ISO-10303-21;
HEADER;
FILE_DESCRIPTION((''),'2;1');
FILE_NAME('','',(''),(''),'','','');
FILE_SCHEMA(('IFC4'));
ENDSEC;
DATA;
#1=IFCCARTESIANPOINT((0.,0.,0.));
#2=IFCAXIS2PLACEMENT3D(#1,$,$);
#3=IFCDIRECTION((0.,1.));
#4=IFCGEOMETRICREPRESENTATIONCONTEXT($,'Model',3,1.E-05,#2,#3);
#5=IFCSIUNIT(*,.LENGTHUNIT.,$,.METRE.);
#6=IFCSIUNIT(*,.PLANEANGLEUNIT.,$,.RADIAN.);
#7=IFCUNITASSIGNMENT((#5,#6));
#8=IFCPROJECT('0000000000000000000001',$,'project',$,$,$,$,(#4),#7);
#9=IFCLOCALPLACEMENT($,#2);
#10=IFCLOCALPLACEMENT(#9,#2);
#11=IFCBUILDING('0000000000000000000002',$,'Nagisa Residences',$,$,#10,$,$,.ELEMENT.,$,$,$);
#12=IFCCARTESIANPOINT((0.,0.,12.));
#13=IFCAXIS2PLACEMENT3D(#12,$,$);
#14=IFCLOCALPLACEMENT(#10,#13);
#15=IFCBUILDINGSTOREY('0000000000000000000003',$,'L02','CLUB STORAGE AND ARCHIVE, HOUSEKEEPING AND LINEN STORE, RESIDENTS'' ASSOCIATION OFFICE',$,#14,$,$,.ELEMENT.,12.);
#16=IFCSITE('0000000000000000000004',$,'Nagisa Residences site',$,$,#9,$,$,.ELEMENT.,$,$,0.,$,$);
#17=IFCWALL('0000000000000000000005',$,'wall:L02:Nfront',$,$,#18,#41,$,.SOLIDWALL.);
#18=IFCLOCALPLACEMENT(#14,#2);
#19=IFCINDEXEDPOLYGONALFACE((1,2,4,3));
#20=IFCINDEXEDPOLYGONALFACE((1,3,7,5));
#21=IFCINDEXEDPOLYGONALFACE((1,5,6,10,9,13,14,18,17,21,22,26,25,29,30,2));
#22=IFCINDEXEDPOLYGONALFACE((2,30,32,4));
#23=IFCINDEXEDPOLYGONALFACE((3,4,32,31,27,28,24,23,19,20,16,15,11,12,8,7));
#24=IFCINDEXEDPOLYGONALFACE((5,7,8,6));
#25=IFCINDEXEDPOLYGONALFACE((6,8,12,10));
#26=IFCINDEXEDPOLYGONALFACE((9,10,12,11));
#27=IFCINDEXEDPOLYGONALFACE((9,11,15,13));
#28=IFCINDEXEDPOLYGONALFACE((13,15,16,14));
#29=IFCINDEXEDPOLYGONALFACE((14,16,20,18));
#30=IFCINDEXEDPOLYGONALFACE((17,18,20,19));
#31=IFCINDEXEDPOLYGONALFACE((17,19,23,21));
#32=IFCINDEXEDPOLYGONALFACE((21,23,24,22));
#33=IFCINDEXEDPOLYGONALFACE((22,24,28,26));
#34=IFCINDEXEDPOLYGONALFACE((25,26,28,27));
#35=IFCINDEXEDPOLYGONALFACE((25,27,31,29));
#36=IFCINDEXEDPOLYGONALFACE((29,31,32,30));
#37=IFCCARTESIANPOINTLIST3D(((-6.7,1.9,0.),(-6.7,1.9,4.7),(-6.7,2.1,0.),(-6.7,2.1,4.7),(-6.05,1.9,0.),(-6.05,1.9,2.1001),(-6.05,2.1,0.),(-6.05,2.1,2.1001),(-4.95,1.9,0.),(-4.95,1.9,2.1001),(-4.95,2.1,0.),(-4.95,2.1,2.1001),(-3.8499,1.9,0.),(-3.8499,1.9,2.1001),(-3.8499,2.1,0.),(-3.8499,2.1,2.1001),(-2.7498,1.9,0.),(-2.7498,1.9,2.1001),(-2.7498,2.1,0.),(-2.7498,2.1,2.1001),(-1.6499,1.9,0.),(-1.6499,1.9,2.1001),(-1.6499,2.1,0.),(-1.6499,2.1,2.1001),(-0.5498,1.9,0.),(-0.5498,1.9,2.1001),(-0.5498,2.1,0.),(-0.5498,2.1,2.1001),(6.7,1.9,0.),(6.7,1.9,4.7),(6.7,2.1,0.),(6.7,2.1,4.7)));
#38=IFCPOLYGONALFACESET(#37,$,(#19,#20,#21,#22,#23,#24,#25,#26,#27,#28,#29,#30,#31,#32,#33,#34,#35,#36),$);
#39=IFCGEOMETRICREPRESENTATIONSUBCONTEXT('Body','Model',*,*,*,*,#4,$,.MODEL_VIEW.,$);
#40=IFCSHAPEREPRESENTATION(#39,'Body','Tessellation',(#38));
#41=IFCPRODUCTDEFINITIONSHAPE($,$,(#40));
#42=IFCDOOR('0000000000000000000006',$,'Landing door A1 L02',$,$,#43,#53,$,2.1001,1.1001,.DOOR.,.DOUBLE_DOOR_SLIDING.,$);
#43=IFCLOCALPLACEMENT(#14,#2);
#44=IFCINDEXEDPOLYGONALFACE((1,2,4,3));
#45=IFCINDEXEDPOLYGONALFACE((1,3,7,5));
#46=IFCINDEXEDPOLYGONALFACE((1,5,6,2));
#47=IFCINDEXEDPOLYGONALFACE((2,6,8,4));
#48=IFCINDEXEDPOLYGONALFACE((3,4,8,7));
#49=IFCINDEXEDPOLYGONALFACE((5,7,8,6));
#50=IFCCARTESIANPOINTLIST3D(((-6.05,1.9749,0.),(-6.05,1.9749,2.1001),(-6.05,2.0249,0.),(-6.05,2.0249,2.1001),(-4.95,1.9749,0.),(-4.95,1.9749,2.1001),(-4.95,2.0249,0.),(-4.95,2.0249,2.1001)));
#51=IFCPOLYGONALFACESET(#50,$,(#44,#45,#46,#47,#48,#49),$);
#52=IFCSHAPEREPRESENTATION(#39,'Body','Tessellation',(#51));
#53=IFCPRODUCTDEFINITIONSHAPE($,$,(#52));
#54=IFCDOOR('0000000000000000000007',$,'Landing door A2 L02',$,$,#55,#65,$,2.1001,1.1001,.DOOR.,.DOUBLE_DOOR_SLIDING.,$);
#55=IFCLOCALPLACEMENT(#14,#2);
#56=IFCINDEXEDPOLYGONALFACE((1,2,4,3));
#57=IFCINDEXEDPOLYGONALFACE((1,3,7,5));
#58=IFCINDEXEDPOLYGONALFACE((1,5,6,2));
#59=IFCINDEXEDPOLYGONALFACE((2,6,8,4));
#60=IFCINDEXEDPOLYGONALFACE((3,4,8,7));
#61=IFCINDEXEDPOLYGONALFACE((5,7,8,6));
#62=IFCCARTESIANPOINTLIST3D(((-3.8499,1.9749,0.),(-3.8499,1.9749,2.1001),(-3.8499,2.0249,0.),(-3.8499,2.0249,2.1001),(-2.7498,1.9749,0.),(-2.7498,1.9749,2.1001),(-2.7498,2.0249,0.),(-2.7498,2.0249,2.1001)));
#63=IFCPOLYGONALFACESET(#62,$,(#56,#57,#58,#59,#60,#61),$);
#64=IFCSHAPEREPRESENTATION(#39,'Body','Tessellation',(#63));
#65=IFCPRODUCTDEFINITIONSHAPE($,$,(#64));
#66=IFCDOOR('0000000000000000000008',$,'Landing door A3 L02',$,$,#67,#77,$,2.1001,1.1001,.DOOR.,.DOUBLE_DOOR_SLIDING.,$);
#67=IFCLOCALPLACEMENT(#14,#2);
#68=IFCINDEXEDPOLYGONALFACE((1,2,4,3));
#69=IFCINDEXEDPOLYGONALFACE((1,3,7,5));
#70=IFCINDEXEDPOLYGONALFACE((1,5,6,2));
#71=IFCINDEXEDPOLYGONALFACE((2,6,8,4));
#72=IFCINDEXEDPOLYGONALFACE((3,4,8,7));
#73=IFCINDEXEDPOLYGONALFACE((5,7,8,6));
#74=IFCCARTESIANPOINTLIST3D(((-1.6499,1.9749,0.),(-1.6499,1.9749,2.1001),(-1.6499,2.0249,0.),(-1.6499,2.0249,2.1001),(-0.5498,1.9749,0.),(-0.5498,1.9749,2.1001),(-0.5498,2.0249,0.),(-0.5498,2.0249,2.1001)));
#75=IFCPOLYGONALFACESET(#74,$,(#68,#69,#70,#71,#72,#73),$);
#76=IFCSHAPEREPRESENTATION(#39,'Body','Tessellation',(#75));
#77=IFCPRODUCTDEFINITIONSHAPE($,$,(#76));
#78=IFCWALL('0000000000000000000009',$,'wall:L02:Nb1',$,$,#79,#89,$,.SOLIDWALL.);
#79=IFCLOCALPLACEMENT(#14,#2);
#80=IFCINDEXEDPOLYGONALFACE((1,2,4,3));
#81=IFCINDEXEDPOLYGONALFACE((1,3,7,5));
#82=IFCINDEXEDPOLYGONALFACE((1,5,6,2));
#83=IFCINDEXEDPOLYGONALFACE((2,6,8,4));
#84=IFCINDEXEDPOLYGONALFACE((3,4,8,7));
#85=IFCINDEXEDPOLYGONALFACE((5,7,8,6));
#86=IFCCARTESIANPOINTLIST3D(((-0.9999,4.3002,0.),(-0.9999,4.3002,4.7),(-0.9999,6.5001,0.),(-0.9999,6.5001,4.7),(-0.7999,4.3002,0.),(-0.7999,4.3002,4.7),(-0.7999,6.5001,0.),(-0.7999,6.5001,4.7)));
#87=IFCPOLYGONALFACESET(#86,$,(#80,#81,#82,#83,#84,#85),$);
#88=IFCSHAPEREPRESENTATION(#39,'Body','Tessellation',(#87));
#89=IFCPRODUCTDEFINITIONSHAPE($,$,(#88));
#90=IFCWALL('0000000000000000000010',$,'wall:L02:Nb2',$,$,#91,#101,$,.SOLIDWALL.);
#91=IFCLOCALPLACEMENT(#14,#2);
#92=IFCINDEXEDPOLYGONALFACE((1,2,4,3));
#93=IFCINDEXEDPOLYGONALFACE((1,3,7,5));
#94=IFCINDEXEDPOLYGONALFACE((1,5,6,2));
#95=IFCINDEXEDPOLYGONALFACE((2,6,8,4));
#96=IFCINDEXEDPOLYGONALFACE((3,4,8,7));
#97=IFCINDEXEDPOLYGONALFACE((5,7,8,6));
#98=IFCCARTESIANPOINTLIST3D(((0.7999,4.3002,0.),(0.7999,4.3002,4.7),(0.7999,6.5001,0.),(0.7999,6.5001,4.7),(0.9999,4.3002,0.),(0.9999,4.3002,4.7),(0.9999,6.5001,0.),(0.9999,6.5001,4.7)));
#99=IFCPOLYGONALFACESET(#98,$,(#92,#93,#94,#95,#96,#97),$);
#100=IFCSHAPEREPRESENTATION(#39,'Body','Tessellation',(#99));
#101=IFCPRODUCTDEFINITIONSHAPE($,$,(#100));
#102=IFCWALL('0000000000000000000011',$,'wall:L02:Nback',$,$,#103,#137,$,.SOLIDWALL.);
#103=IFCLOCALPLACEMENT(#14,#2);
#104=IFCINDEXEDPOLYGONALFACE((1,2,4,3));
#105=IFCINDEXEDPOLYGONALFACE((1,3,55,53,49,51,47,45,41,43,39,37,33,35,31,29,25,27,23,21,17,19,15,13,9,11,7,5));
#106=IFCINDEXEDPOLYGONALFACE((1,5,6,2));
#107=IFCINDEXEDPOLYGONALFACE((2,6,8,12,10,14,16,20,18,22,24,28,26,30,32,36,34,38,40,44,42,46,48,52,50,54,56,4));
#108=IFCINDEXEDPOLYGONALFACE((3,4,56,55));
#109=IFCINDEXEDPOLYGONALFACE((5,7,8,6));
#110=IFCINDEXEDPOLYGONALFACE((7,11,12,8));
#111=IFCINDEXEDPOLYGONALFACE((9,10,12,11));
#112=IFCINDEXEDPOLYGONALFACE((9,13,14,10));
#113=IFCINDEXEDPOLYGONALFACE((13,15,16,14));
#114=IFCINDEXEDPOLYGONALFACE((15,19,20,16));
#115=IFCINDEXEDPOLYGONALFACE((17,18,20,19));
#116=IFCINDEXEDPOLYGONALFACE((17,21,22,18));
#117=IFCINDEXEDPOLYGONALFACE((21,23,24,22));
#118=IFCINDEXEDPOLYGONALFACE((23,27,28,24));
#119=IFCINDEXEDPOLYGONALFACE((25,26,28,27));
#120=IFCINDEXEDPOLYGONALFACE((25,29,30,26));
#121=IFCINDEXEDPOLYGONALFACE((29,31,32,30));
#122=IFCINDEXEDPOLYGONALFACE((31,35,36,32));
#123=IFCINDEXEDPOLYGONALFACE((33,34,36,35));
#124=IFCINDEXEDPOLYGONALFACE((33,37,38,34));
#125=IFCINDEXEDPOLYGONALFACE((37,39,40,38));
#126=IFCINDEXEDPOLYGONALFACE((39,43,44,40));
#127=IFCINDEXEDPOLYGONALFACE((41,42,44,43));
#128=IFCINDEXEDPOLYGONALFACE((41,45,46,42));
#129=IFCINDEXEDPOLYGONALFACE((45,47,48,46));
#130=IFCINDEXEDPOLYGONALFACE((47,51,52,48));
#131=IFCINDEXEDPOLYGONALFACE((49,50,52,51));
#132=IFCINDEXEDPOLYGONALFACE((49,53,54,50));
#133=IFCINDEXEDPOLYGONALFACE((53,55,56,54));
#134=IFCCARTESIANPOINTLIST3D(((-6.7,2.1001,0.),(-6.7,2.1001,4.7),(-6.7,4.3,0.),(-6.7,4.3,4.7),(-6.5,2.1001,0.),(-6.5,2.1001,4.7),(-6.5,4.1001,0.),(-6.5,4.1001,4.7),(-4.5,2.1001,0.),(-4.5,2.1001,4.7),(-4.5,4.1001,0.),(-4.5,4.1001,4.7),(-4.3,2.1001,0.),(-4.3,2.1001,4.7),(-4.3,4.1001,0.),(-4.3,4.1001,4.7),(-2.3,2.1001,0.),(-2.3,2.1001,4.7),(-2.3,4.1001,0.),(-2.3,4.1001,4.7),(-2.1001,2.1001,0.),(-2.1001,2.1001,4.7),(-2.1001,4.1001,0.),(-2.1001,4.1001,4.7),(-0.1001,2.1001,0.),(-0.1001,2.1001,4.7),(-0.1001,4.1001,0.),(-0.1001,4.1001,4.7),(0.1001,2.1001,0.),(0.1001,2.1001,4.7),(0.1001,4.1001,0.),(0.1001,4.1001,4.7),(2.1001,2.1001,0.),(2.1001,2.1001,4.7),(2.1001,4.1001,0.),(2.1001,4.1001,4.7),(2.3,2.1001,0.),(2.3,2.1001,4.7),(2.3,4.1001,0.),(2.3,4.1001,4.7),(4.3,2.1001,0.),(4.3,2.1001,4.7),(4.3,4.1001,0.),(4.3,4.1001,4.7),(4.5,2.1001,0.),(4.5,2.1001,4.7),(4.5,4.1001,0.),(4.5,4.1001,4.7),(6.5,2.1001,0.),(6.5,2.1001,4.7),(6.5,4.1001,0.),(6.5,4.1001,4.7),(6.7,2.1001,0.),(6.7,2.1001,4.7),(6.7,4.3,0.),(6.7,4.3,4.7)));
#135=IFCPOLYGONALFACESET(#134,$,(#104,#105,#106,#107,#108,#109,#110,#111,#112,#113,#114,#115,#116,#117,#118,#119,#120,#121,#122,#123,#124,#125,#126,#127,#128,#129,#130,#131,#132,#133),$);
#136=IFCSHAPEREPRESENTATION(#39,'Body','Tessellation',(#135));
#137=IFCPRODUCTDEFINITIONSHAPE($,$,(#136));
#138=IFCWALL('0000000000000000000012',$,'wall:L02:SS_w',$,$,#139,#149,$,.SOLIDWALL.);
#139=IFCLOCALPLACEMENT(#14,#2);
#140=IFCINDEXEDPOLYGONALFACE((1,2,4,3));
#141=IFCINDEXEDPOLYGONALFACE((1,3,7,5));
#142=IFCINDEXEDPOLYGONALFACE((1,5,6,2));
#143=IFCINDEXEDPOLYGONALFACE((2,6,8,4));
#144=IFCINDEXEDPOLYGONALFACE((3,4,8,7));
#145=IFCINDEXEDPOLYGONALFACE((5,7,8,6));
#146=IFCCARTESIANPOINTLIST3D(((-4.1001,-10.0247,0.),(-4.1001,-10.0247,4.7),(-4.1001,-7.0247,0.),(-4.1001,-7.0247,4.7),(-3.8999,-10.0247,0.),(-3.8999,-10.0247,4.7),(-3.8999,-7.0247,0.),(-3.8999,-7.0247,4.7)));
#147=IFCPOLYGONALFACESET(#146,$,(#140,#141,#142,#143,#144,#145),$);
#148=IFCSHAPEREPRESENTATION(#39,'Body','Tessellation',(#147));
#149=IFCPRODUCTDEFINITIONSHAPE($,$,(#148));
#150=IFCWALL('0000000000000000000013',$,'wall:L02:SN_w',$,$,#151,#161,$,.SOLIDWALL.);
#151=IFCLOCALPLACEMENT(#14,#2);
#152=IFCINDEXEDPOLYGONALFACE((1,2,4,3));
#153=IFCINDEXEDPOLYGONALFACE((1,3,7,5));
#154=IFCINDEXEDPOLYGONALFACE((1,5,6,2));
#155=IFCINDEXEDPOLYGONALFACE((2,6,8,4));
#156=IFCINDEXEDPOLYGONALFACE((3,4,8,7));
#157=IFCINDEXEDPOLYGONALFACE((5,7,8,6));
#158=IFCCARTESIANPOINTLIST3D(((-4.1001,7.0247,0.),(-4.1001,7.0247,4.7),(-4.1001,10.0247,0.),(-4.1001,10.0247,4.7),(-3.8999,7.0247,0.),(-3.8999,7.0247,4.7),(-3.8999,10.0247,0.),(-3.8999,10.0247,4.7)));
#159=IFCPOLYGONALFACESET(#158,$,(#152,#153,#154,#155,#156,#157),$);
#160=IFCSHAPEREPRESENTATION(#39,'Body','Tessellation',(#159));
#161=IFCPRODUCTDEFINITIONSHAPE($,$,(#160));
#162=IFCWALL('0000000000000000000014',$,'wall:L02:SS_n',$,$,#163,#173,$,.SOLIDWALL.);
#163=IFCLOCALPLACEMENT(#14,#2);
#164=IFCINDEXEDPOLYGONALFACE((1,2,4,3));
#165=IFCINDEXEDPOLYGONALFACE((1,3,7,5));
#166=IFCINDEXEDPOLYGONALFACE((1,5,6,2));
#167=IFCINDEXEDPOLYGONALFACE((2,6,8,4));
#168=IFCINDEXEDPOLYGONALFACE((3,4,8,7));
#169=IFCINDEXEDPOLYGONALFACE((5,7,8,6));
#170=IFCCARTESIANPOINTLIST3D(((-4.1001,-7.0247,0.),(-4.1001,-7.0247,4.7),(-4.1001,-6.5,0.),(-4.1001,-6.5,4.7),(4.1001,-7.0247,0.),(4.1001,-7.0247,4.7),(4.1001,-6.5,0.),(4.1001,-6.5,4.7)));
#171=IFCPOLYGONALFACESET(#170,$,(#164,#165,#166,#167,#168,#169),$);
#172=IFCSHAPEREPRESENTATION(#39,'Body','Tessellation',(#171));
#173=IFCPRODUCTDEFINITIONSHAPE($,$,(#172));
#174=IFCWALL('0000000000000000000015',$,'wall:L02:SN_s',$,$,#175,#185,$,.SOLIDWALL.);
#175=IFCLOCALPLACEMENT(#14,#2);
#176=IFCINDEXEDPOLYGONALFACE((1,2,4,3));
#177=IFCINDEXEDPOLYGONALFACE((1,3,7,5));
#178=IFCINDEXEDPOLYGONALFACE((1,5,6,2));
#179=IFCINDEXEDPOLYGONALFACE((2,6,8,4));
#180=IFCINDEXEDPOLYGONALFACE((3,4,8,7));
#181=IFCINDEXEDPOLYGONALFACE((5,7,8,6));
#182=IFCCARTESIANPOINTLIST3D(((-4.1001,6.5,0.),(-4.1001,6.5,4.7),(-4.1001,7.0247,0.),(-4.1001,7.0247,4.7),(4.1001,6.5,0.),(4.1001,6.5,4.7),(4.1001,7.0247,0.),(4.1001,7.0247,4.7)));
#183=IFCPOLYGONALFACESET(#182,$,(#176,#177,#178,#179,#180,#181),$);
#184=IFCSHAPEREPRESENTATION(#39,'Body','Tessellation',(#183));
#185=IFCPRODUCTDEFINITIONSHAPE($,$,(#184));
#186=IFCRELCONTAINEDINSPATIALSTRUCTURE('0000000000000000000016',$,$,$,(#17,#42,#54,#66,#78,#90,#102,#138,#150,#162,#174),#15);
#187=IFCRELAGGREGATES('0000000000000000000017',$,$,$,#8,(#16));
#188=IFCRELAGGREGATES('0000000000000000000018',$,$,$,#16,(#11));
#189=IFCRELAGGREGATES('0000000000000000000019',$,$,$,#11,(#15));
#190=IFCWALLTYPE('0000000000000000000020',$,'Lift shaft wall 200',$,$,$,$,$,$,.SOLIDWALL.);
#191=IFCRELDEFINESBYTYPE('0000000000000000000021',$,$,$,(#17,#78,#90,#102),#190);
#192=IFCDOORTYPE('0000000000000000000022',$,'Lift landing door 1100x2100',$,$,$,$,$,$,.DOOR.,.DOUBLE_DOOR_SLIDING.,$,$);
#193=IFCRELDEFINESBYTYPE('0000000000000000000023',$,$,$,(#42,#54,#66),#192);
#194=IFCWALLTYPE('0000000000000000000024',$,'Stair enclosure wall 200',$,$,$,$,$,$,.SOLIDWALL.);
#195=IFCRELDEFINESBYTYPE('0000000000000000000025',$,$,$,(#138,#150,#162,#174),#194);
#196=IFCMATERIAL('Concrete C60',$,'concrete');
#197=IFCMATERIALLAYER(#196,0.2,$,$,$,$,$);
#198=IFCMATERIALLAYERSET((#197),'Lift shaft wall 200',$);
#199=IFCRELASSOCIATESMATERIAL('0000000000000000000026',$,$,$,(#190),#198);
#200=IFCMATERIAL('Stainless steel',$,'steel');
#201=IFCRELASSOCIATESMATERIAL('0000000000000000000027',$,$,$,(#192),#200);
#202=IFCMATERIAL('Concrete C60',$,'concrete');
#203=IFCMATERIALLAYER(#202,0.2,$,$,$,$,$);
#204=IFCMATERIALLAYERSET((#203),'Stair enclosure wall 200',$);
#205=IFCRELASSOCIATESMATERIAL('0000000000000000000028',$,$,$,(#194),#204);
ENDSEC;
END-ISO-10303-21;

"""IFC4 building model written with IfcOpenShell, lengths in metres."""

from ifc_helpers import new_model, si_unit, direction, frame, frame_2d, origin, place, context, subcontext, project, spatial, polyline, rectangle, outline, extrude, material, layer, layer_set, type_object, element, fill, save


model = new_model("IFC4")

# Units and contexts
model_context = context("Model", 3, precision=1e-05, world=origin(), true_north=direction((0.0, 1.0)))
body_context = subcontext(model_context, "Body", "Model", "MODEL_VIEW")
ifc_project = project(units=[si_unit("LENGTHUNIT", "METRE"), si_unit("PLANEANGLEUNIT", "RADIAN")], contexts=[model_context])

# Site, building, storey
site_placement = place(None, origin())
site = spatial("IfcSite", under=ifc_project, at=site_placement, Name="Nagisa Residences site", CompositionType="ELEMENT", RefElevation=0.0)
building_placement = place(site_placement, origin())
building = spatial("IfcBuilding", under=site, at=building_placement, Name="Nagisa Residences", CompositionType="ELEMENT")
storey_placement = place(building_placement, frame((0.0, 0.0, 12.0)))
storey = spatial("IfcBuildingStorey", under=building, at=storey_placement, Name="L02", Description="CLUB STORAGE AND ARCHIVE, HOUSEKEEPING AND LINEN STORE, RESIDENTS' ASSOCIATION OFFICE", CompositionType="ELEMENT", Elevation=12.0)

# Shared definitions
ifc_material_1 = material(Name="Concrete C60", Category="concrete")
ifc_layer_1 = layer(ifc_material_1, 0.2)
ifc_layer_set_1 = layer_set([ifc_layer_1], Name="Lift shaft wall 200")
wall_type_1 = type_object("IfcWallType", Name="Lift shaft wall 200", PredefinedType="SOLIDWALL", material=ifc_layer_set_1)
ifc_material_2 = material(Name="Stainless steel", Category="steel")
door_type_1 = type_object("IfcDoorType", Name="Lift landing door 1100x2100", OperationType="DOUBLE_DOOR_SLIDING", PredefinedType="DOOR", material=ifc_material_2)

# Wall, openings, doors
wall_1_placement = place(storey_placement, frame((-6.7, 2.0, 0.0), z_axis=(0.0, 0.0, 1.0), x_axis=(1.0, 0.0, 0.0)))
wall_1 = element("IfcWall", 1, at=wall_1_placement, inside=storey, type_object=wall_type_1, Name="wall:L02:Nfront", PredefinedType="SOLIDWALL", context=body_context, shape_type="SweptSolid", body=[
    extrude(rectangle(XDim=13.3999, YDim=0.2, at=frame_2d((6.7, 0.0))), origin(), (0.0, 0.0, 1.0), 4.7),
])
opening_1_placement = place(wall_1_placement, frame((0.6499, 0.0, 0.0)))
opening_1 = element("IfcOpeningElement", 2, at=opening_1_placement, cuts=wall_1, PredefinedType="OPENING", context=body_context, shape_type="SweptSolid", body=[
    extrude(rectangle(XDim=1.1001, YDim=2.1001, at=frame_2d((0.55, 1.05))), frame((0.0, 0.1099, 0.0), z_axis=(0.0, -1.0, 0.0), x_axis=(1.0, 0.0, 0.0)), (0.0, 0.0, 1.0), 0.22),
])
opening_2_placement = place(wall_1_placement, frame((2.8501, 0.0, 0.0)))
opening_2 = element("IfcOpeningElement", 3, at=opening_2_placement, cuts=wall_1, PredefinedType="OPENING", context=body_context, shape_type="SweptSolid", body=[
    extrude(rectangle(XDim=1.1001, YDim=2.1001, at=frame_2d((0.55, 1.05))), frame((0.0, 0.1099, 0.0), z_axis=(0.0, -1.0, 0.0), x_axis=(1.0, 0.0, 0.0)), (0.0, 0.0, 1.0), 0.22),
])
opening_3_placement = place(wall_1_placement, frame((5.05, 0.0, 0.0)))
opening_3 = element("IfcOpeningElement", 4, at=opening_3_placement, cuts=wall_1, PredefinedType="OPENING", context=body_context, shape_type="SweptSolid", body=[
    extrude(rectangle(XDim=1.1001, YDim=2.1001, at=frame_2d((0.55, 1.05))), frame((0.0, 0.1099, 0.0), z_axis=(0.0, -1.0, 0.0), x_axis=(1.0, 0.0, 0.0)), (0.0, 0.0, 1.0), 0.22),
])
door_1_placement = place(opening_1_placement, origin())
door_1 = element("IfcDoor", 5, at=door_1_placement, inside=storey, type_object=door_type_1, Name="Landing door A1 L02", OperationType="DOUBLE_DOOR_SLIDING", OverallHeight=2.1001, OverallWidth=1.1001, PredefinedType="DOOR", context=body_context, shape_type="SweptSolid", body=[
    extrude(rectangle(XDim=1.1001, YDim=2.1001, at=frame_2d((0.55, 1.05))), frame((0.0, 0.0249, 0.0), z_axis=(0.0, -1.0, 0.0), x_axis=(1.0, 0.0, 0.0)), (0.0, 0.0, 1.0), 0.05),
])
fill(opening_1, door_1)
door_2_placement = place(opening_2_placement, origin())
door_2 = element("IfcDoor", 6, at=door_2_placement, inside=storey, type_object=door_type_1, Name="Landing door A2 L02", OperationType="DOUBLE_DOOR_SLIDING", OverallHeight=2.1001, OverallWidth=1.1001, PredefinedType="DOOR", context=body_context, shape_type="SweptSolid", body=[
    extrude(rectangle(XDim=1.1001, YDim=2.1001, at=frame_2d((0.55, 1.05))), frame((0.0, 0.0249, 0.0), z_axis=(0.0, -1.0, 0.0), x_axis=(1.0, 0.0, 0.0)), (0.0, 0.0, 1.0), 0.05),
])
fill(opening_2, door_2)
door_3_placement = place(opening_3_placement, origin())
door_3 = element("IfcDoor", 7, at=door_3_placement, inside=storey, type_object=door_type_1, Name="Landing door A3 L02", OperationType="DOUBLE_DOOR_SLIDING", OverallHeight=2.1001, OverallWidth=1.1001, PredefinedType="DOOR", context=body_context, shape_type="SweptSolid", body=[
    extrude(rectangle(XDim=1.1001, YDim=2.1001, at=frame_2d((0.55, 1.05))), frame((0.0, 0.0249, 0.0), z_axis=(0.0, -1.0, 0.0), x_axis=(1.0, 0.0, 0.0)), (0.0, 0.0, 1.0), 0.05),
])
fill(opening_3, door_3)

# Walls
for number, where, z_axis, x_axis, name in (
    (8, (-0.8999, 4.3, 0.0), (0.0, 0.0, 1.0), (0.0, 1.0, 0.0), "wall:L02:Nb1"),
    (9, (0.8999, 4.3, 0.0), (0.0, 0.0, 1.0), (0.0, 1.0, 0.0), "wall:L02:Nb2"),
):
    element("IfcWall", number, at=place(storey_placement, frame(where, z_axis=z_axis, x_axis=x_axis)), inside=storey, type_object=wall_type_1, Name=name, PredefinedType="SOLIDWALL", context=body_context, shape_type="SweptSolid", body=[
        extrude(rectangle(XDim=2.2, YDim=0.2, at=frame_2d((1.1001, 0.0))), origin(), (0.0, 0.0, 1.0), 4.7),
    ])
wall_2_placement = place(storey_placement, origin())
element("IfcWall", 10, at=wall_2_placement, inside=storey, type_object=wall_type_1, Name="wall:L02:Nback", PredefinedType="SOLIDWALL", context=body_context, shape_type="SweptSolid", body=[
    extrude(outline(polyline([(-6.5, 2.1001), (-6.7, 2.1001), (-6.7, 4.3), (6.7, 4.3), (6.7, 2.1001), (6.5, 2.1001), (6.5, 4.1001), (4.5, 4.1001), (4.5, 2.1001), (4.3, 2.1001), (4.3, 4.1001), (2.3, 4.1001), (2.3, 2.1001), (2.1001, 2.1001), (2.1001, 4.1001), (0.1001, 4.1001), (0.1001, 2.1001), (-0.1001, 2.1001), (-0.1001, 4.1001), (-2.1001, 4.1001), (-2.1001, 2.1001), (-2.3, 2.1001), (-2.3, 4.1001), (-4.3, 4.1001), (-4.3, 2.1001), (-4.5, 2.1001), (-4.5, 4.1001), (-6.5, 4.1001), (-6.5, 2.1001)])), origin(), (0.0, 0.0, 1.0), 4.7),
])
ifc_material_3 = material(Name="Concrete C60", Category="concrete")
ifc_layer_2 = layer(ifc_material_3, 0.2)
ifc_layer_set_2 = layer_set([ifc_layer_2], Name="Stair enclosure wall 200")
wall_type_2 = type_object("IfcWallType", Name="Stair enclosure wall 200", PredefinedType="SOLIDWALL", material=ifc_layer_set_2)
wall_3_placement = place(storey_placement, origin())
element("IfcWall", 11, at=wall_3_placement, inside=storey, type_object=wall_type_2, Name="wall:L02:SS_w", PredefinedType="SOLIDWALL", context=body_context, shape_type="SweptSolid", body=[
    extrude(outline(polyline([(-3.8999, -10.0247), (-4.1001, -10.0247), (-4.1001, -7.0247), (-3.8999, -7.0247), (-3.8999, -10.0247)])), origin(), (0.0, 0.0, 1.0), 4.7),
])
wall_4_placement = place(storey_placement, origin())
element("IfcWall", 12, at=wall_4_placement, inside=storey, type_object=wall_type_2, Name="wall:L02:SN_w", PredefinedType="SOLIDWALL", context=body_context, shape_type="SweptSolid", body=[
    extrude(outline(polyline([(-3.8999, 7.0247), (-4.1001, 7.0247), (-4.1001, 10.0247), (-3.8999, 10.0247), (-3.8999, 7.0247)])), origin(), (0.0, 0.0, 1.0), 4.7),
])
wall_5_placement = place(storey_placement, origin())
element("IfcWall", 13, at=wall_5_placement, inside=storey, type_object=wall_type_2, Name="wall:L02:SS_n", PredefinedType="SOLIDWALL", context=body_context, shape_type="SweptSolid", body=[
    extrude(outline(polyline([(4.1001, -7.0247), (-4.1001, -7.0247), (-4.1001, -6.5), (4.1001, -6.5), (4.1001, -7.0247)])), origin(), (0.0, 0.0, 1.0), 4.7),
])
wall_6_placement = place(storey_placement, origin())
element("IfcWall", 14, at=wall_6_placement, inside=storey, type_object=wall_type_2, Name="wall:L02:SN_s", PredefinedType="SOLIDWALL", context=body_context, shape_type="SweptSolid", body=[
    extrude(outline(polyline([(4.1001, 6.5), (-4.1001, 6.5), (-4.1001, 7.0247), (4.1001, 7.0247), (4.1001, 6.5)])), origin(), (0.0, 0.0, 1.0), 4.7),
])

save(model, "model.ifc")
